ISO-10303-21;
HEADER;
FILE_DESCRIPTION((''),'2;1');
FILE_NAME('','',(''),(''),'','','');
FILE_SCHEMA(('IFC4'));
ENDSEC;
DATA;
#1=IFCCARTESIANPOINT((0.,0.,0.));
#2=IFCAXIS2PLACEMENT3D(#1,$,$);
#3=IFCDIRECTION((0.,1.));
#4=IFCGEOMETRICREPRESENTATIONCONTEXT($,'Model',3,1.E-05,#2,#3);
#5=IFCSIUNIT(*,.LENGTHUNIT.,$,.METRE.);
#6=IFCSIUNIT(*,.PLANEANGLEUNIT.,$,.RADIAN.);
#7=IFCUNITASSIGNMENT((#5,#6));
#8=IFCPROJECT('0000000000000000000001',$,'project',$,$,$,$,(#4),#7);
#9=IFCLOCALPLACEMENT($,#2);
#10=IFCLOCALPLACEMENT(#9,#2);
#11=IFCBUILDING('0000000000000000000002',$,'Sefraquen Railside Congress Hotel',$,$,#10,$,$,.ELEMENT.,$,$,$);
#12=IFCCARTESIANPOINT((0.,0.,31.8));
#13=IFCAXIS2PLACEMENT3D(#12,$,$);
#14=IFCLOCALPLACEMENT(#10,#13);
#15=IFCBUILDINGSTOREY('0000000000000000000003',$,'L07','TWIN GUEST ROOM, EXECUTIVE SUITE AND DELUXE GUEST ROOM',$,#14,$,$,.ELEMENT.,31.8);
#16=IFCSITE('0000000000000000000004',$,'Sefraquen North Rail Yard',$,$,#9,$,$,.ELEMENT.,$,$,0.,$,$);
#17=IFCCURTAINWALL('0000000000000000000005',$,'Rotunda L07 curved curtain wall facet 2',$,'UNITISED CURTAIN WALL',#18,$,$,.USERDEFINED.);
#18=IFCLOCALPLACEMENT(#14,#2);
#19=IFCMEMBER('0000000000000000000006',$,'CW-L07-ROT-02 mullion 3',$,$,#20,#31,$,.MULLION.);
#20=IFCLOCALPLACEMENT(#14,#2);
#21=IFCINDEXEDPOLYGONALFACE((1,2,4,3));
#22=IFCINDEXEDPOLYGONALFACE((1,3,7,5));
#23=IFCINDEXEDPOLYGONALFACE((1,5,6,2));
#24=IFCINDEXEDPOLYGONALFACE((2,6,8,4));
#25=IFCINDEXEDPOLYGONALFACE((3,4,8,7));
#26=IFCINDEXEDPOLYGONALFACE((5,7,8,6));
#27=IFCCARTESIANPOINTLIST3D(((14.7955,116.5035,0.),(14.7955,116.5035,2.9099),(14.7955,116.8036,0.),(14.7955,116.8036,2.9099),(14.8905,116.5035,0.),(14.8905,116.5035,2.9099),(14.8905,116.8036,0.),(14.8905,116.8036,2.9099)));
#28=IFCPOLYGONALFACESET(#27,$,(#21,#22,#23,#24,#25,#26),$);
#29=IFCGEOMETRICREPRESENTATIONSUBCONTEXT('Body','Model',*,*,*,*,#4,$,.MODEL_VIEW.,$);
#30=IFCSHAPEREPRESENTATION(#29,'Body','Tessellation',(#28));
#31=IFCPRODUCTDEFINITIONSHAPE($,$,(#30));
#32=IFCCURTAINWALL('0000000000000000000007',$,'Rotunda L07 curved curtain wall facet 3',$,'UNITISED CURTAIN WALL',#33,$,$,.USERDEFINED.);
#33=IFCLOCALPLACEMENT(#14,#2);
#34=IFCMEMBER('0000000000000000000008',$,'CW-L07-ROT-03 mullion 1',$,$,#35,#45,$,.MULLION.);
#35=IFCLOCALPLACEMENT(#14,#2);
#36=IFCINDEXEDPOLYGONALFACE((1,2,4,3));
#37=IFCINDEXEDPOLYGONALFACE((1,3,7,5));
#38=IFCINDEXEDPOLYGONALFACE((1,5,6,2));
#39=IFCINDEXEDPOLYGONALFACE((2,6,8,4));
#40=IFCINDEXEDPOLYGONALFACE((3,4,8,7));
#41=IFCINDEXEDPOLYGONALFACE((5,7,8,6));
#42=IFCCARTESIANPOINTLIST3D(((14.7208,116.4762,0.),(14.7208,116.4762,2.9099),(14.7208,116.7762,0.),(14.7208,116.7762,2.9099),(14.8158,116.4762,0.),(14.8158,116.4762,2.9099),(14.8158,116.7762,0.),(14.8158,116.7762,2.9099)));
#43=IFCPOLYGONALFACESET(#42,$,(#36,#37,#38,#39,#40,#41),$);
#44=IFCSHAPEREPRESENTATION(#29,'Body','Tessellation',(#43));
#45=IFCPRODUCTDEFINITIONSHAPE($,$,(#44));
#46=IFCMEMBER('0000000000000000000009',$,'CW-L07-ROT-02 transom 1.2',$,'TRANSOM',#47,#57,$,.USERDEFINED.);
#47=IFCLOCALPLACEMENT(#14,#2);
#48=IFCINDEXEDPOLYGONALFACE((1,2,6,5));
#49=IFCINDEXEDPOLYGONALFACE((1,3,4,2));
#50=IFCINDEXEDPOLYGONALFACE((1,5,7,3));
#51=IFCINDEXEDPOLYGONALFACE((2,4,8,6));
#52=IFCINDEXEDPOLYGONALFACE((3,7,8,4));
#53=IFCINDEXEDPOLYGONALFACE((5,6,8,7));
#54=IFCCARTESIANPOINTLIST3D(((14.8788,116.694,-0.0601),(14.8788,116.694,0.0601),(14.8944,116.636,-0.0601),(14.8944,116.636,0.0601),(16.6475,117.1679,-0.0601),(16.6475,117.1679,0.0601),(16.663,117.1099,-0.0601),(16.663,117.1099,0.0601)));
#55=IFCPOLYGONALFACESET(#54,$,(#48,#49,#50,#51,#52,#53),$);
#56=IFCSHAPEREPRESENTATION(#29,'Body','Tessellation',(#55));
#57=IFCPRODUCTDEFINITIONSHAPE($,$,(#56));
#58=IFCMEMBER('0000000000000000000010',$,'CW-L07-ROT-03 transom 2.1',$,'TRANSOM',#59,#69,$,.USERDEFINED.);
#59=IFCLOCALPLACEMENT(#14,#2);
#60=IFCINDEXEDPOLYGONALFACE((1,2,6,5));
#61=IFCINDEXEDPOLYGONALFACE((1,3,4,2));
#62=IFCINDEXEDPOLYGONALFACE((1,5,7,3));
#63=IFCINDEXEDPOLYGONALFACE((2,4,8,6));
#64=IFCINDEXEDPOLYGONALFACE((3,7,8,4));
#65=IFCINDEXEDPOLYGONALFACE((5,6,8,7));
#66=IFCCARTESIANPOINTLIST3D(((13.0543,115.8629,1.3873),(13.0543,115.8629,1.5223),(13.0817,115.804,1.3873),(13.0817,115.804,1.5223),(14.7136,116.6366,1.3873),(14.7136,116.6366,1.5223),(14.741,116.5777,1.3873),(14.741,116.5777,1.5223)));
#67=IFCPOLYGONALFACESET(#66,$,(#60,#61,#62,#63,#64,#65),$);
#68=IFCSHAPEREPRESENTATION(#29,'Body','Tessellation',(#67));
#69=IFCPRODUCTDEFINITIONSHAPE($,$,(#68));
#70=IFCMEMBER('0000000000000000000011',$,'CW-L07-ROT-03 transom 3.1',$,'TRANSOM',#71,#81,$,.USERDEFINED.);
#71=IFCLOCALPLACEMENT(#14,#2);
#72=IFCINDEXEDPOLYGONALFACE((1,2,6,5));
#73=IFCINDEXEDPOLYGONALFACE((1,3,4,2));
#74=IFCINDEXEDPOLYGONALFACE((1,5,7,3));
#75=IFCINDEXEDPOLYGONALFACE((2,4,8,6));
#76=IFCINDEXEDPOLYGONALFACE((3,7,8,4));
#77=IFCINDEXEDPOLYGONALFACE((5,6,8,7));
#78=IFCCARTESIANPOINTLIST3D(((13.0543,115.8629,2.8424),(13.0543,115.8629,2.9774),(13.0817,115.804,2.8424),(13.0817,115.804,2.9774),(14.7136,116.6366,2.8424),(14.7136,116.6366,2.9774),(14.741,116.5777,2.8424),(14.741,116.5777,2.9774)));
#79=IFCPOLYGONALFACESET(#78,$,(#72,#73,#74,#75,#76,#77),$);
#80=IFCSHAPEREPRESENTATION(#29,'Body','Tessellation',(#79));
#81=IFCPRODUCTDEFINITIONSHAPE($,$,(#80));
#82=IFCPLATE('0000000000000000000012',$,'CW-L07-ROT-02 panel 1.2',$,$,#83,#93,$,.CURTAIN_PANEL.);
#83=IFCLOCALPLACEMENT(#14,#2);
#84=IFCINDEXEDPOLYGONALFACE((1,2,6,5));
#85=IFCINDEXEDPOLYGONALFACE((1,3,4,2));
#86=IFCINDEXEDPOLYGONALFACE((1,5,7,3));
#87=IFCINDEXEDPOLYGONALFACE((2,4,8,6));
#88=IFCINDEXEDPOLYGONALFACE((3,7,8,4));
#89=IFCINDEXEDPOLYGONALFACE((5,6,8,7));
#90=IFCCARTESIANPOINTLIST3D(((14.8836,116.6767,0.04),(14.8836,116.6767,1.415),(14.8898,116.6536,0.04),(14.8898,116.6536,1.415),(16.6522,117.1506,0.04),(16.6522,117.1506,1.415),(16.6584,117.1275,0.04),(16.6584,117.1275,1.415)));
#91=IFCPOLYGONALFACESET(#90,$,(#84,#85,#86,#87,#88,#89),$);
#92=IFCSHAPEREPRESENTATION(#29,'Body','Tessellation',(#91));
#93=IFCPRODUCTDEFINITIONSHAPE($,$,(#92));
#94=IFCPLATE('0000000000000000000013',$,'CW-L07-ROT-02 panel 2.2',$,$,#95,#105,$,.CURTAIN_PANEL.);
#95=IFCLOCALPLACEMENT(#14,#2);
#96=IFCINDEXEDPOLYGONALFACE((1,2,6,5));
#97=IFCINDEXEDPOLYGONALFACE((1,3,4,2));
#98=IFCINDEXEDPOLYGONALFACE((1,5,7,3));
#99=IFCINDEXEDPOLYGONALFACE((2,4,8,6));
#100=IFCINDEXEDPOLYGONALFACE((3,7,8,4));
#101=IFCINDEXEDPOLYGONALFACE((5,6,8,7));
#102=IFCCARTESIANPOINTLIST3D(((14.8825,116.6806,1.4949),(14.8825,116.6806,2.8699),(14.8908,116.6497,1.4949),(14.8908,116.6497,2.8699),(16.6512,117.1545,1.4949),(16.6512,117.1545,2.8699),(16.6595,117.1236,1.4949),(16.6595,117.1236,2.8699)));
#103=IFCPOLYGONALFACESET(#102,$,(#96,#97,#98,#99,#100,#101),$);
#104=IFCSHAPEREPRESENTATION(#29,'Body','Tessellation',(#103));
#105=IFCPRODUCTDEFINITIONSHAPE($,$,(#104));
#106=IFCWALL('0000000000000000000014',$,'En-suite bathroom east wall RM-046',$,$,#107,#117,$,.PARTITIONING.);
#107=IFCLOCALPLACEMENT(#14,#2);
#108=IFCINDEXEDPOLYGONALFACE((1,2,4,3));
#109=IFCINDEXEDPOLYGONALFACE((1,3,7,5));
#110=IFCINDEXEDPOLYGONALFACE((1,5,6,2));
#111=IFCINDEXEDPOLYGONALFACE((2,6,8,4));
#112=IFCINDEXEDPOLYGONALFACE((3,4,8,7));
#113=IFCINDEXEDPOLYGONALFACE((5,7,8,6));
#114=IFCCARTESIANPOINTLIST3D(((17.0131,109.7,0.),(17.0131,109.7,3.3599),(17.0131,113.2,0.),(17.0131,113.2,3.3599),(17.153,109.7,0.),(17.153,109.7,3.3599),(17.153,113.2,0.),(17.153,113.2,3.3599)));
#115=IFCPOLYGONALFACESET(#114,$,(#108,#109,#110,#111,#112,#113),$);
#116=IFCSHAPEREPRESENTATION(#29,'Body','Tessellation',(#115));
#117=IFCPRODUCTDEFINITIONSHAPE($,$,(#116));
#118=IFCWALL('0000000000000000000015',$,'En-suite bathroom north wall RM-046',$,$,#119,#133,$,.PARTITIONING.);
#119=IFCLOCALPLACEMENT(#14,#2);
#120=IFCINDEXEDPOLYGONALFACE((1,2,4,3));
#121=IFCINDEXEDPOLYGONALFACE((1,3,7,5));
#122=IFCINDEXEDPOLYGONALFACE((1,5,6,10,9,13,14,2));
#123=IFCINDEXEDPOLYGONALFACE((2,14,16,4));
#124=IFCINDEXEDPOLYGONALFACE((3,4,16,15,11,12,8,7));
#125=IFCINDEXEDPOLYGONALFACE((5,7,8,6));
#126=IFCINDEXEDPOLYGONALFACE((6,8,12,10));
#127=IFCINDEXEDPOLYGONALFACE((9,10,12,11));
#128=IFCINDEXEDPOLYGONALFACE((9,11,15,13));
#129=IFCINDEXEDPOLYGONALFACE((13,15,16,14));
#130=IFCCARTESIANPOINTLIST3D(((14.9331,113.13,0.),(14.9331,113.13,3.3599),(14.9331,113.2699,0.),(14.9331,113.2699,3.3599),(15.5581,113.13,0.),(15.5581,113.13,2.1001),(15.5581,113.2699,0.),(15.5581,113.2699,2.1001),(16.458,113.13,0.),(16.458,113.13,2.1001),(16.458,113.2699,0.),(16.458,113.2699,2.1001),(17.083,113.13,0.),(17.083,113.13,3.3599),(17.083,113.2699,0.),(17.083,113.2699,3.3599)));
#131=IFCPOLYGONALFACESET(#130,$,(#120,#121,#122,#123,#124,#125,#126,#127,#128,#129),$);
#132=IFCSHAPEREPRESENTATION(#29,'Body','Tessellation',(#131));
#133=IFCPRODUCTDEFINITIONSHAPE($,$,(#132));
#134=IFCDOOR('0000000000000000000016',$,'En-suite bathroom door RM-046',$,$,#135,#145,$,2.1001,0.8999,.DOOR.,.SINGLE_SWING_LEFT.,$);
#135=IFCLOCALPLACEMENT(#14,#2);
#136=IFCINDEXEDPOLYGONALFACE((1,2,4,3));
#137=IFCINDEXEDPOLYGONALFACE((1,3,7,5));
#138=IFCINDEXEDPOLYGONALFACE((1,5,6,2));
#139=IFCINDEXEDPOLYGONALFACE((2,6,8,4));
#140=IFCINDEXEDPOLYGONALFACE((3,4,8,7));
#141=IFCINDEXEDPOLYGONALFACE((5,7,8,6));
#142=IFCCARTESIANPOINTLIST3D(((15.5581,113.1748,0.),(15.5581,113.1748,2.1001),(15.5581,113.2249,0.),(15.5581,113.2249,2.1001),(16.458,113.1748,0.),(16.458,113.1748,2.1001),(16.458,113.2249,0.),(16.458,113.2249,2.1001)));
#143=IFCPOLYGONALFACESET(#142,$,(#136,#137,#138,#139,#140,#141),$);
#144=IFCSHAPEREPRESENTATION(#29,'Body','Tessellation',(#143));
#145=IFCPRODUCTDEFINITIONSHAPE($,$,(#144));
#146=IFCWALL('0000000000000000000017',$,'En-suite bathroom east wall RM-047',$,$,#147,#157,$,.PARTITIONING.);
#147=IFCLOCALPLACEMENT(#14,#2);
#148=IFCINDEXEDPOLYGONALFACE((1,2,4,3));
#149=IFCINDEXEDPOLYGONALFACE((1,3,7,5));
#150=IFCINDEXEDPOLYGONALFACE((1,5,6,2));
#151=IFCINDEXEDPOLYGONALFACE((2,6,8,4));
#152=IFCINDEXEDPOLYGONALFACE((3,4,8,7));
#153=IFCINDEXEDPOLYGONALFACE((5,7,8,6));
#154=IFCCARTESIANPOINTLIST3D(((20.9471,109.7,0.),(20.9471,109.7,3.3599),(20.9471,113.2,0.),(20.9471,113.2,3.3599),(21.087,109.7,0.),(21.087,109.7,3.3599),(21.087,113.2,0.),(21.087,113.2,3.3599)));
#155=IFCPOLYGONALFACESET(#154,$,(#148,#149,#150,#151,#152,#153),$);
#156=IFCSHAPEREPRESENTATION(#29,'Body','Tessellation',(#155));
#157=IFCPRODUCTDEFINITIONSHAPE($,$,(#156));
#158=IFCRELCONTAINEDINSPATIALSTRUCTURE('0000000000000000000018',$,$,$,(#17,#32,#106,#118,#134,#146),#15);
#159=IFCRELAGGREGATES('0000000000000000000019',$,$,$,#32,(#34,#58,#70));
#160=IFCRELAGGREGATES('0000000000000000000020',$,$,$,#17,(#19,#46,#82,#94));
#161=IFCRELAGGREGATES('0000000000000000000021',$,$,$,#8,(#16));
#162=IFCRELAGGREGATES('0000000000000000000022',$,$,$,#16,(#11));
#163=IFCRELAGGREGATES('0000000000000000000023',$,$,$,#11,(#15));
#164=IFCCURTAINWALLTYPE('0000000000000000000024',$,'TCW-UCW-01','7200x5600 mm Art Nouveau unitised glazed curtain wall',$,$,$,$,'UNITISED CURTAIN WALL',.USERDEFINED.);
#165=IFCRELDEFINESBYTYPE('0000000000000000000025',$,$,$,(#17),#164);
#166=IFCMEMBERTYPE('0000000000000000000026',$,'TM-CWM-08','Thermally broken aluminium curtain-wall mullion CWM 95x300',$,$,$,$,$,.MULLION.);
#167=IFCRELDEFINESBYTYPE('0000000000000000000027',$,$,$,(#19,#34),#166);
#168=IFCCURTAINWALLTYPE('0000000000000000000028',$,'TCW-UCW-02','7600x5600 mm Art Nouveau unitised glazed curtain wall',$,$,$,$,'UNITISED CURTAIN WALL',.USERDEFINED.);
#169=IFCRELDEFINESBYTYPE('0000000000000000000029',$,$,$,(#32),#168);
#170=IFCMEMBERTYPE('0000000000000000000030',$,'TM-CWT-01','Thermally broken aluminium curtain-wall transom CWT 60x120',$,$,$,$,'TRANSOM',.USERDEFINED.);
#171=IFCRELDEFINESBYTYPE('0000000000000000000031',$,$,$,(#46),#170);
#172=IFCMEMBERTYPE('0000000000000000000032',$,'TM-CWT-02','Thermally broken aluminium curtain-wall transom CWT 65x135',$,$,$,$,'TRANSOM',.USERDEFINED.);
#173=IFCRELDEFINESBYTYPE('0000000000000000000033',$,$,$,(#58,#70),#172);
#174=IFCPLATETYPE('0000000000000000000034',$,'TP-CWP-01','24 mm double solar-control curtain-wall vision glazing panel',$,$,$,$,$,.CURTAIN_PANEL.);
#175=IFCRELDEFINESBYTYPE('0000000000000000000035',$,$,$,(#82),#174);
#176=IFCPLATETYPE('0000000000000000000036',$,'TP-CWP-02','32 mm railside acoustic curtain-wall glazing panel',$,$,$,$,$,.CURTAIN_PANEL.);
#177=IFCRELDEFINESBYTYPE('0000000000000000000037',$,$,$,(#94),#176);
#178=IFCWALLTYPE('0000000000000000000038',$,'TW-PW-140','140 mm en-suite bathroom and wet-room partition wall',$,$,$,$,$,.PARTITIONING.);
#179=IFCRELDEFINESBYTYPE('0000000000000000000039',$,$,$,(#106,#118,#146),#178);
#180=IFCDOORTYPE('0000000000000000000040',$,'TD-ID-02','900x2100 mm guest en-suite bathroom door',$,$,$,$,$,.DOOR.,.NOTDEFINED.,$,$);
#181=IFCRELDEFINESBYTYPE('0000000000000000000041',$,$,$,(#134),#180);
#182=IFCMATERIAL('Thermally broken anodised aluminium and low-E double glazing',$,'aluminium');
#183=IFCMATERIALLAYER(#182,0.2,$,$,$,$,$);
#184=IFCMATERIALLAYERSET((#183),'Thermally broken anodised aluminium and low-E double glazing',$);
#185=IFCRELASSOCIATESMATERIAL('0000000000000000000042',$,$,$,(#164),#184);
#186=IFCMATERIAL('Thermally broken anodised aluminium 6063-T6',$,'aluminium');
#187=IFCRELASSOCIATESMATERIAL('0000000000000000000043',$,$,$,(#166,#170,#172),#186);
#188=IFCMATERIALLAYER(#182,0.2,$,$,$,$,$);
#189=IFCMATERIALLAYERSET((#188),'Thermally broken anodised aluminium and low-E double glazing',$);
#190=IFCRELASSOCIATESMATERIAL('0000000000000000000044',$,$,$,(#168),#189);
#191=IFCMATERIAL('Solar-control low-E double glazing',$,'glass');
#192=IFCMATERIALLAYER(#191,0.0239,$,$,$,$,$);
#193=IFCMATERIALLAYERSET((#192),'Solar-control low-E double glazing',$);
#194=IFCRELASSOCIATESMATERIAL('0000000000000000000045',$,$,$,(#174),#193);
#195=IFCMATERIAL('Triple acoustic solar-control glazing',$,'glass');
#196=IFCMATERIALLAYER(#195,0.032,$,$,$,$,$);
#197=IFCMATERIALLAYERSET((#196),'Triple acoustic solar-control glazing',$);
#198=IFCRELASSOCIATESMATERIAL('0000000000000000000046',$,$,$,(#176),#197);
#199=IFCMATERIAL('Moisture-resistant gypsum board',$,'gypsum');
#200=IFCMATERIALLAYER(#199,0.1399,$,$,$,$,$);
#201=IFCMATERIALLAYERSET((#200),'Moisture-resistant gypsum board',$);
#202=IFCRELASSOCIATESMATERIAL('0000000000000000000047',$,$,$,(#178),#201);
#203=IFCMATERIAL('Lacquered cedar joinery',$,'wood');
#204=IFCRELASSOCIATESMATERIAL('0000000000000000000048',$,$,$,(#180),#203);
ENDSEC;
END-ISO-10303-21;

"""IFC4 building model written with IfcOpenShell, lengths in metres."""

from ifc_helpers import new_model, si_unit, direction, frame, frame_2d, origin, origin_2d, place, context, subcontext, project, spatial, rectangle, extrude, material, layer, layer_set, material_profile, profile_set, type_object, element, fill, aggregate, save


model = new_model("IFC4")

# Units and contexts
model_context = context("Model", 3, precision=1e-05, world=origin(), true_north=direction((0.0, 1.0)))
body_context = subcontext(model_context, "Body", "Model", "MODEL_VIEW")
ifc_project = project(units=[si_unit("LENGTHUNIT", "METRE"), si_unit("PLANEANGLEUNIT", "RADIAN")], contexts=[model_context])

# Site, building, storey
site_placement = place(None, origin())
site = spatial("IfcSite", under=ifc_project, at=site_placement, Name="Sefraquen North Rail Yard", CompositionType="ELEMENT", RefElevation=0.0)
building_placement = place(site_placement, origin())
building = spatial("IfcBuilding", under=site, at=building_placement, Name="Sefraquen Railside Congress Hotel", CompositionType="ELEMENT")
storey_placement = place(building_placement, frame((0.0, 0.0, 31.8)))
storey = spatial("IfcBuildingStorey", under=building, at=storey_placement, Name="L07", Description="TWIN GUEST ROOM, EXECUTIVE SUITE AND DELUXE GUEST ROOM", CompositionType="ELEMENT", Elevation=31.8)

# Curtain walls, members
ifc_material_1 = material(Name="Thermally broken anodised aluminium and low-E double glazing", Category="aluminium")
ifc_layer_1 = layer(ifc_material_1, 0.2)
ifc_layer_set_1 = layer_set([ifc_layer_1], Name="Thermally broken anodised aluminium and low-E double glazing")
curtain_wall_type_1 = type_object("IfcCurtainWallType", Name="TCW-UCW-01", Description="7200x5600 mm Art Nouveau unitised glazed curtain wall", ElementType="UNITISED CURTAIN WALL", PredefinedType="USERDEFINED", material=ifc_layer_set_1)
curtain_wall_1_placement = place(storey_placement, origin())
curtain_wall_1 = element("IfcCurtainWall", 1, at=curtain_wall_1_placement, inside=storey, type_object=curtain_wall_type_1, Name="Rotunda L07 curved curtain wall facet 2", ObjectType="UNITISED CURTAIN WALL", PredefinedType="USERDEFINED")
ifc_material_2 = material(Name="Thermally broken anodised aluminium 6063-T6", Category="aluminium")
ifc_material_profile_1 = material_profile(ifc_material_2, rectangle(XDim=0.095, YDim=0.3, at=origin_2d()), Name="CWM 95x300")
ifc_profile_set_1 = profile_set([ifc_material_profile_1], Name="Thermally broken anodised aluminium 6063-T6")
member_type_1 = type_object("IfcMemberType", Name="TM-CWM-08", Description="Thermally broken aluminium curtain-wall mullion CWM 95x300", PredefinedType="MULLION", material=ifc_profile_set_1)
member_1_placement = place(storey_placement, frame((14.843, 116.6536, 0.0), z_axis=(0.0, 0.0, 1.0), x_axis=(1.0, 0.0, 0.0)))
member_1 = element("IfcMember", 2, at=member_1_placement, type_object=member_type_1, Name="CW-L07-ROT-02 mullion 3", PredefinedType="MULLION", context=body_context, shape_type="SweptSolid", body=[
    extrude(rectangle(XDim=0.095, YDim=0.3, at=origin_2d()), origin(), (0.0, 0.0, 1.0), 2.9099),
])
ifc_layer_2 = layer(ifc_material_1, 0.2)
ifc_layer_set_2 = layer_set([ifc_layer_2], Name="Thermally broken anodised aluminium and low-E double glazing")
curtain_wall_type_2 = type_object("IfcCurtainWallType", Name="TCW-UCW-02", Description="7600x5600 mm Art Nouveau unitised glazed curtain wall", ElementType="UNITISED CURTAIN WALL", PredefinedType="USERDEFINED", material=ifc_layer_set_2)
curtain_wall_2_placement = place(storey_placement, origin())
curtain_wall_2 = element("IfcCurtainWall", 3, at=curtain_wall_2_placement, inside=storey, type_object=curtain_wall_type_2, Name="Rotunda L07 curved curtain wall facet 3", ObjectType="UNITISED CURTAIN WALL", PredefinedType="USERDEFINED")
member_2_placement = place(storey_placement, frame((14.7683, 116.6262, 0.0), z_axis=(0.0, 0.0, 1.0), x_axis=(1.0, 0.0, 0.0)))
member_2 = element("IfcMember", 4, at=member_2_placement, type_object=member_type_1, Name="CW-L07-ROT-03 mullion 1", PredefinedType="MULLION", context=body_context, shape_type="SweptSolid", body=[
    extrude(rectangle(XDim=0.095, YDim=0.3, at=origin_2d()), origin(), (0.0, 0.0, 1.0), 2.9099),
])

# Members
ifc_material_profile_2 = material_profile(ifc_material_2, rectangle(XDim=0.0601, YDim=0.1201, at=origin_2d()), Name="CWT 60x120")
ifc_profile_set_2 = profile_set([ifc_material_profile_2], Name="Thermally broken anodised aluminium 6063-T6")
member_type_2 = type_object("IfcMemberType", Name="TM-CWT-01", Description="Thermally broken aluminium curtain-wall transom CWT 60x120", ElementType="TRANSOM", PredefinedType="USERDEFINED", material=ifc_profile_set_2)
member_3_placement = place(storey_placement, frame((16.6553, 117.1389, 0.0), z_axis=(-0.965927, -0.258816, 0.0), x_axis=(0.258816, -0.965927, 0.0)))
member_3 = element("IfcMember", 5, at=member_3_placement, type_object=member_type_2, Name="CW-L07-ROT-02 transom 1.2", ObjectType="TRANSOM", PredefinedType="USERDEFINED", context=body_context, shape_type="SweptSolid", body=[
    extrude(rectangle(XDim=0.0601, YDim=0.1201, at=origin_2d()), origin(), (0.0, 0.0, 1.0), 1.8311),
])
ifc_material_profile_3 = material_profile(ifc_material_2, rectangle(XDim=0.0649, YDim=0.135, at=origin_2d()), Name="CWT 65x135")
ifc_profile_set_3 = profile_set([ifc_material_profile_3], Name="Thermally broken anodised aluminium 6063-T6")
member_type_3 = type_object("IfcMemberType", Name="TM-CWT-02", Description="Thermally broken aluminium curtain-wall transom CWT 65x135", ElementType="TRANSOM", PredefinedType="USERDEFINED", material=ifc_profile_set_3)
member_4_placement = place(storey_placement, frame((14.7273, 116.6072, 1.4548), z_axis=(-0.906309, -0.422615, 0.0), x_axis=(0.422615, -0.906309, 0.0)))
member_4 = element("IfcMember", 6, at=member_4_placement, type_object=member_type_3, Name="CW-L07-ROT-03 transom 2.1", ObjectType="TRANSOM", PredefinedType="USERDEFINED", context=body_context, shape_type="SweptSolid", body=[
    extrude(rectangle(XDim=0.0649, YDim=0.135, at=origin_2d()), origin(), (0.0, 0.0, 1.0), 1.8308),
])
member_5_placement = place(storey_placement, frame((14.7273, 116.6072, 2.9099), z_axis=(-0.906309, -0.422615, 0.0), x_axis=(0.422615, -0.906309, 0.0)))
member_5 = element("IfcMember", 7, at=member_5_placement, type_object=member_type_3, Name="CW-L07-ROT-03 transom 3.1", ObjectType="TRANSOM", PredefinedType="USERDEFINED", context=body_context, shape_type="SweptSolid", body=[
    extrude(rectangle(XDim=0.0649, YDim=0.135, at=origin_2d()), origin(), (0.0, 0.0, 1.0), 1.8308),
])
aggregate(curtain_wall_2, [member_2, member_4, member_5])

# Plates
ifc_material_3 = material(Name="Solar-control low-E double glazing", Category="glass")
ifc_layer_3 = layer(ifc_material_3, 0.0239)
ifc_layer_set_3 = layer_set([ifc_layer_3], Name="Solar-control low-E double glazing")
plate_type_1 = type_object("IfcPlateType", Name="TP-CWP-01", Description="24 mm double solar-control curtain-wall vision glazing panel", PredefinedType="CURTAIN_PANEL", material=ifc_layer_set_3)
plate_1_placement = place(storey_placement, frame((15.771, 116.9021, 0.04), z_axis=(0.0, 0.0, 1.0), x_axis=(-0.965935, -0.258785, 0.0)))
plate_1 = element("IfcPlate", 8, at=plate_1_placement, type_object=plate_type_1, Name="CW-L07-ROT-02 panel 1.2", PredefinedType="CURTAIN_PANEL", context=body_context, shape_type="SweptSolid", body=[
    extrude(rectangle(XDim=1.8311, YDim=0.0239, at=origin_2d()), origin(), (0.0, 0.0, 1.0), 1.375),
])
ifc_material_4 = material(Name="Triple acoustic solar-control glazing", Category="glass")
ifc_layer_4 = layer(ifc_material_4, 0.032)
ifc_layer_set_4 = layer_set([ifc_layer_4], Name="Triple acoustic solar-control glazing")
plate_type_2 = type_object("IfcPlateType", Name="TP-CWP-02", Description="32 mm railside acoustic curtain-wall glazing panel", PredefinedType="CURTAIN_PANEL", material=ifc_layer_set_4)
plate_2_placement = place(storey_placement, frame((15.771, 116.9021, 1.4949), z_axis=(0.0, 0.0, 1.0), x_axis=(-0.965935, -0.258785, 0.0)))
plate_2 = element("IfcPlate", 9, at=plate_2_placement, type_object=plate_type_2, Name="CW-L07-ROT-02 panel 2.2", PredefinedType="CURTAIN_PANEL", context=body_context, shape_type="SweptSolid", body=[
    extrude(rectangle(XDim=1.8311, YDim=0.032, at=origin_2d()), origin(), (0.0, 0.0, 1.0), 1.375),
])
aggregate(curtain_wall_1, [member_1, member_3, plate_1, plate_2])

# Shared definitions
ifc_material_5 = material(Name="Moisture-resistant gypsum board", Category="gypsum")
ifc_layer_5 = layer(ifc_material_5, 0.1399)
ifc_layer_set_5 = layer_set([ifc_layer_5], Name="Moisture-resistant gypsum board")
wall_type_1 = type_object("IfcWallType", Name="TW-PW-140", Description="140 mm en-suite bathroom and wet-room partition wall", PredefinedType="PARTITIONING", material=ifc_layer_set_5)
ifc_material_6 = material(Name="Lacquered cedar joinery", Category="wood")

# Wall
wall_1_placement = place(storey_placement, frame((17.083, 109.7, 0.0), z_axis=(0.0, 0.0, 1.0), x_axis=(0.0, 1.0, 0.0)))
element("IfcWall", 10, at=wall_1_placement, inside=storey, type_object=wall_type_1, Name="En-suite bathroom east wall RM-046", PredefinedType="PARTITIONING", context=body_context, shape_type="SweptSolid", body=[
    extrude(rectangle(XDim=3.5, YDim=0.1399, at=frame_2d((1.75, 0.0))), origin(), (0.0, 0.0, 1.0), 3.3599),
])

# Wall, opening, door
wall_2_placement = place(storey_placement, frame((14.9331, 113.2, 0.0), z_axis=(0.0, 0.0, 1.0), x_axis=(1.0, 0.0, 0.0)))
wall_2 = element("IfcWall", 11, at=wall_2_placement, inside=storey, type_object=wall_type_1, Name="En-suite bathroom north wall RM-046", PredefinedType="PARTITIONING", context=body_context, shape_type="SweptSolid", body=[
    extrude(rectangle(XDim=2.1499, YDim=0.1399, at=frame_2d((1.075, 0.0))), origin(), (0.0, 0.0, 1.0), 3.3599),
])
opening_1_placement = place(wall_2_placement, frame((0.625, 0.0, 0.0)))
opening_1 = element("IfcOpeningElement", 12, at=opening_1_placement, cuts=wall_2, PredefinedType="OPENING", context=body_context, shape_type="SweptSolid", body=[
    extrude(rectangle(XDim=0.8999, YDim=2.1001, at=frame_2d((0.45, 1.05))), frame((0.0, 0.0798, 0.0), z_axis=(0.0, -1.0, 0.0), x_axis=(1.0, 0.0, 0.0)), (0.0, 0.0, 1.0), 0.1599),
])
door_type_1 = type_object("IfcDoorType", Name="TD-ID-02", Description="900x2100 mm guest en-suite bathroom door", OperationType="NOTDEFINED", PredefinedType="DOOR", material=ifc_material_6)
door_1_placement = place(opening_1_placement, origin())
door_1 = element("IfcDoor", 13, at=door_1_placement, inside=storey, type_object=door_type_1, Name="En-suite bathroom door RM-046", OperationType="SINGLE_SWING_LEFT", OverallHeight=2.1001, OverallWidth=0.8999, PredefinedType="DOOR", context=body_context, shape_type="SweptSolid", body=[
    extrude(rectangle(XDim=0.8999, YDim=2.1001, at=frame_2d((0.45, 1.05))), frame((0.0, 0.0249, 0.0), z_axis=(0.0, -1.0, 0.0), x_axis=(1.0, 0.0, 0.0)), (0.0, 0.0, 1.0), 0.05),
])
fill(opening_1, door_1)

# Wall
wall_3_placement = place(storey_placement, frame((21.0171, 109.7, 0.0), z_axis=(0.0, 0.0, 1.0), x_axis=(0.0, 1.0, 0.0)))
element("IfcWall", 14, at=wall_3_placement, inside=storey, type_object=wall_type_1, Name="En-suite bathroom east wall RM-047", PredefinedType="PARTITIONING", context=body_context, shape_type="SweptSolid", body=[
    extrude(rectangle(XDim=3.5, YDim=0.1399, at=frame_2d((1.75, 0.0))), origin(), (0.0, 0.0, 1.0), 3.3599),
])

save(model, "model.ifc")
